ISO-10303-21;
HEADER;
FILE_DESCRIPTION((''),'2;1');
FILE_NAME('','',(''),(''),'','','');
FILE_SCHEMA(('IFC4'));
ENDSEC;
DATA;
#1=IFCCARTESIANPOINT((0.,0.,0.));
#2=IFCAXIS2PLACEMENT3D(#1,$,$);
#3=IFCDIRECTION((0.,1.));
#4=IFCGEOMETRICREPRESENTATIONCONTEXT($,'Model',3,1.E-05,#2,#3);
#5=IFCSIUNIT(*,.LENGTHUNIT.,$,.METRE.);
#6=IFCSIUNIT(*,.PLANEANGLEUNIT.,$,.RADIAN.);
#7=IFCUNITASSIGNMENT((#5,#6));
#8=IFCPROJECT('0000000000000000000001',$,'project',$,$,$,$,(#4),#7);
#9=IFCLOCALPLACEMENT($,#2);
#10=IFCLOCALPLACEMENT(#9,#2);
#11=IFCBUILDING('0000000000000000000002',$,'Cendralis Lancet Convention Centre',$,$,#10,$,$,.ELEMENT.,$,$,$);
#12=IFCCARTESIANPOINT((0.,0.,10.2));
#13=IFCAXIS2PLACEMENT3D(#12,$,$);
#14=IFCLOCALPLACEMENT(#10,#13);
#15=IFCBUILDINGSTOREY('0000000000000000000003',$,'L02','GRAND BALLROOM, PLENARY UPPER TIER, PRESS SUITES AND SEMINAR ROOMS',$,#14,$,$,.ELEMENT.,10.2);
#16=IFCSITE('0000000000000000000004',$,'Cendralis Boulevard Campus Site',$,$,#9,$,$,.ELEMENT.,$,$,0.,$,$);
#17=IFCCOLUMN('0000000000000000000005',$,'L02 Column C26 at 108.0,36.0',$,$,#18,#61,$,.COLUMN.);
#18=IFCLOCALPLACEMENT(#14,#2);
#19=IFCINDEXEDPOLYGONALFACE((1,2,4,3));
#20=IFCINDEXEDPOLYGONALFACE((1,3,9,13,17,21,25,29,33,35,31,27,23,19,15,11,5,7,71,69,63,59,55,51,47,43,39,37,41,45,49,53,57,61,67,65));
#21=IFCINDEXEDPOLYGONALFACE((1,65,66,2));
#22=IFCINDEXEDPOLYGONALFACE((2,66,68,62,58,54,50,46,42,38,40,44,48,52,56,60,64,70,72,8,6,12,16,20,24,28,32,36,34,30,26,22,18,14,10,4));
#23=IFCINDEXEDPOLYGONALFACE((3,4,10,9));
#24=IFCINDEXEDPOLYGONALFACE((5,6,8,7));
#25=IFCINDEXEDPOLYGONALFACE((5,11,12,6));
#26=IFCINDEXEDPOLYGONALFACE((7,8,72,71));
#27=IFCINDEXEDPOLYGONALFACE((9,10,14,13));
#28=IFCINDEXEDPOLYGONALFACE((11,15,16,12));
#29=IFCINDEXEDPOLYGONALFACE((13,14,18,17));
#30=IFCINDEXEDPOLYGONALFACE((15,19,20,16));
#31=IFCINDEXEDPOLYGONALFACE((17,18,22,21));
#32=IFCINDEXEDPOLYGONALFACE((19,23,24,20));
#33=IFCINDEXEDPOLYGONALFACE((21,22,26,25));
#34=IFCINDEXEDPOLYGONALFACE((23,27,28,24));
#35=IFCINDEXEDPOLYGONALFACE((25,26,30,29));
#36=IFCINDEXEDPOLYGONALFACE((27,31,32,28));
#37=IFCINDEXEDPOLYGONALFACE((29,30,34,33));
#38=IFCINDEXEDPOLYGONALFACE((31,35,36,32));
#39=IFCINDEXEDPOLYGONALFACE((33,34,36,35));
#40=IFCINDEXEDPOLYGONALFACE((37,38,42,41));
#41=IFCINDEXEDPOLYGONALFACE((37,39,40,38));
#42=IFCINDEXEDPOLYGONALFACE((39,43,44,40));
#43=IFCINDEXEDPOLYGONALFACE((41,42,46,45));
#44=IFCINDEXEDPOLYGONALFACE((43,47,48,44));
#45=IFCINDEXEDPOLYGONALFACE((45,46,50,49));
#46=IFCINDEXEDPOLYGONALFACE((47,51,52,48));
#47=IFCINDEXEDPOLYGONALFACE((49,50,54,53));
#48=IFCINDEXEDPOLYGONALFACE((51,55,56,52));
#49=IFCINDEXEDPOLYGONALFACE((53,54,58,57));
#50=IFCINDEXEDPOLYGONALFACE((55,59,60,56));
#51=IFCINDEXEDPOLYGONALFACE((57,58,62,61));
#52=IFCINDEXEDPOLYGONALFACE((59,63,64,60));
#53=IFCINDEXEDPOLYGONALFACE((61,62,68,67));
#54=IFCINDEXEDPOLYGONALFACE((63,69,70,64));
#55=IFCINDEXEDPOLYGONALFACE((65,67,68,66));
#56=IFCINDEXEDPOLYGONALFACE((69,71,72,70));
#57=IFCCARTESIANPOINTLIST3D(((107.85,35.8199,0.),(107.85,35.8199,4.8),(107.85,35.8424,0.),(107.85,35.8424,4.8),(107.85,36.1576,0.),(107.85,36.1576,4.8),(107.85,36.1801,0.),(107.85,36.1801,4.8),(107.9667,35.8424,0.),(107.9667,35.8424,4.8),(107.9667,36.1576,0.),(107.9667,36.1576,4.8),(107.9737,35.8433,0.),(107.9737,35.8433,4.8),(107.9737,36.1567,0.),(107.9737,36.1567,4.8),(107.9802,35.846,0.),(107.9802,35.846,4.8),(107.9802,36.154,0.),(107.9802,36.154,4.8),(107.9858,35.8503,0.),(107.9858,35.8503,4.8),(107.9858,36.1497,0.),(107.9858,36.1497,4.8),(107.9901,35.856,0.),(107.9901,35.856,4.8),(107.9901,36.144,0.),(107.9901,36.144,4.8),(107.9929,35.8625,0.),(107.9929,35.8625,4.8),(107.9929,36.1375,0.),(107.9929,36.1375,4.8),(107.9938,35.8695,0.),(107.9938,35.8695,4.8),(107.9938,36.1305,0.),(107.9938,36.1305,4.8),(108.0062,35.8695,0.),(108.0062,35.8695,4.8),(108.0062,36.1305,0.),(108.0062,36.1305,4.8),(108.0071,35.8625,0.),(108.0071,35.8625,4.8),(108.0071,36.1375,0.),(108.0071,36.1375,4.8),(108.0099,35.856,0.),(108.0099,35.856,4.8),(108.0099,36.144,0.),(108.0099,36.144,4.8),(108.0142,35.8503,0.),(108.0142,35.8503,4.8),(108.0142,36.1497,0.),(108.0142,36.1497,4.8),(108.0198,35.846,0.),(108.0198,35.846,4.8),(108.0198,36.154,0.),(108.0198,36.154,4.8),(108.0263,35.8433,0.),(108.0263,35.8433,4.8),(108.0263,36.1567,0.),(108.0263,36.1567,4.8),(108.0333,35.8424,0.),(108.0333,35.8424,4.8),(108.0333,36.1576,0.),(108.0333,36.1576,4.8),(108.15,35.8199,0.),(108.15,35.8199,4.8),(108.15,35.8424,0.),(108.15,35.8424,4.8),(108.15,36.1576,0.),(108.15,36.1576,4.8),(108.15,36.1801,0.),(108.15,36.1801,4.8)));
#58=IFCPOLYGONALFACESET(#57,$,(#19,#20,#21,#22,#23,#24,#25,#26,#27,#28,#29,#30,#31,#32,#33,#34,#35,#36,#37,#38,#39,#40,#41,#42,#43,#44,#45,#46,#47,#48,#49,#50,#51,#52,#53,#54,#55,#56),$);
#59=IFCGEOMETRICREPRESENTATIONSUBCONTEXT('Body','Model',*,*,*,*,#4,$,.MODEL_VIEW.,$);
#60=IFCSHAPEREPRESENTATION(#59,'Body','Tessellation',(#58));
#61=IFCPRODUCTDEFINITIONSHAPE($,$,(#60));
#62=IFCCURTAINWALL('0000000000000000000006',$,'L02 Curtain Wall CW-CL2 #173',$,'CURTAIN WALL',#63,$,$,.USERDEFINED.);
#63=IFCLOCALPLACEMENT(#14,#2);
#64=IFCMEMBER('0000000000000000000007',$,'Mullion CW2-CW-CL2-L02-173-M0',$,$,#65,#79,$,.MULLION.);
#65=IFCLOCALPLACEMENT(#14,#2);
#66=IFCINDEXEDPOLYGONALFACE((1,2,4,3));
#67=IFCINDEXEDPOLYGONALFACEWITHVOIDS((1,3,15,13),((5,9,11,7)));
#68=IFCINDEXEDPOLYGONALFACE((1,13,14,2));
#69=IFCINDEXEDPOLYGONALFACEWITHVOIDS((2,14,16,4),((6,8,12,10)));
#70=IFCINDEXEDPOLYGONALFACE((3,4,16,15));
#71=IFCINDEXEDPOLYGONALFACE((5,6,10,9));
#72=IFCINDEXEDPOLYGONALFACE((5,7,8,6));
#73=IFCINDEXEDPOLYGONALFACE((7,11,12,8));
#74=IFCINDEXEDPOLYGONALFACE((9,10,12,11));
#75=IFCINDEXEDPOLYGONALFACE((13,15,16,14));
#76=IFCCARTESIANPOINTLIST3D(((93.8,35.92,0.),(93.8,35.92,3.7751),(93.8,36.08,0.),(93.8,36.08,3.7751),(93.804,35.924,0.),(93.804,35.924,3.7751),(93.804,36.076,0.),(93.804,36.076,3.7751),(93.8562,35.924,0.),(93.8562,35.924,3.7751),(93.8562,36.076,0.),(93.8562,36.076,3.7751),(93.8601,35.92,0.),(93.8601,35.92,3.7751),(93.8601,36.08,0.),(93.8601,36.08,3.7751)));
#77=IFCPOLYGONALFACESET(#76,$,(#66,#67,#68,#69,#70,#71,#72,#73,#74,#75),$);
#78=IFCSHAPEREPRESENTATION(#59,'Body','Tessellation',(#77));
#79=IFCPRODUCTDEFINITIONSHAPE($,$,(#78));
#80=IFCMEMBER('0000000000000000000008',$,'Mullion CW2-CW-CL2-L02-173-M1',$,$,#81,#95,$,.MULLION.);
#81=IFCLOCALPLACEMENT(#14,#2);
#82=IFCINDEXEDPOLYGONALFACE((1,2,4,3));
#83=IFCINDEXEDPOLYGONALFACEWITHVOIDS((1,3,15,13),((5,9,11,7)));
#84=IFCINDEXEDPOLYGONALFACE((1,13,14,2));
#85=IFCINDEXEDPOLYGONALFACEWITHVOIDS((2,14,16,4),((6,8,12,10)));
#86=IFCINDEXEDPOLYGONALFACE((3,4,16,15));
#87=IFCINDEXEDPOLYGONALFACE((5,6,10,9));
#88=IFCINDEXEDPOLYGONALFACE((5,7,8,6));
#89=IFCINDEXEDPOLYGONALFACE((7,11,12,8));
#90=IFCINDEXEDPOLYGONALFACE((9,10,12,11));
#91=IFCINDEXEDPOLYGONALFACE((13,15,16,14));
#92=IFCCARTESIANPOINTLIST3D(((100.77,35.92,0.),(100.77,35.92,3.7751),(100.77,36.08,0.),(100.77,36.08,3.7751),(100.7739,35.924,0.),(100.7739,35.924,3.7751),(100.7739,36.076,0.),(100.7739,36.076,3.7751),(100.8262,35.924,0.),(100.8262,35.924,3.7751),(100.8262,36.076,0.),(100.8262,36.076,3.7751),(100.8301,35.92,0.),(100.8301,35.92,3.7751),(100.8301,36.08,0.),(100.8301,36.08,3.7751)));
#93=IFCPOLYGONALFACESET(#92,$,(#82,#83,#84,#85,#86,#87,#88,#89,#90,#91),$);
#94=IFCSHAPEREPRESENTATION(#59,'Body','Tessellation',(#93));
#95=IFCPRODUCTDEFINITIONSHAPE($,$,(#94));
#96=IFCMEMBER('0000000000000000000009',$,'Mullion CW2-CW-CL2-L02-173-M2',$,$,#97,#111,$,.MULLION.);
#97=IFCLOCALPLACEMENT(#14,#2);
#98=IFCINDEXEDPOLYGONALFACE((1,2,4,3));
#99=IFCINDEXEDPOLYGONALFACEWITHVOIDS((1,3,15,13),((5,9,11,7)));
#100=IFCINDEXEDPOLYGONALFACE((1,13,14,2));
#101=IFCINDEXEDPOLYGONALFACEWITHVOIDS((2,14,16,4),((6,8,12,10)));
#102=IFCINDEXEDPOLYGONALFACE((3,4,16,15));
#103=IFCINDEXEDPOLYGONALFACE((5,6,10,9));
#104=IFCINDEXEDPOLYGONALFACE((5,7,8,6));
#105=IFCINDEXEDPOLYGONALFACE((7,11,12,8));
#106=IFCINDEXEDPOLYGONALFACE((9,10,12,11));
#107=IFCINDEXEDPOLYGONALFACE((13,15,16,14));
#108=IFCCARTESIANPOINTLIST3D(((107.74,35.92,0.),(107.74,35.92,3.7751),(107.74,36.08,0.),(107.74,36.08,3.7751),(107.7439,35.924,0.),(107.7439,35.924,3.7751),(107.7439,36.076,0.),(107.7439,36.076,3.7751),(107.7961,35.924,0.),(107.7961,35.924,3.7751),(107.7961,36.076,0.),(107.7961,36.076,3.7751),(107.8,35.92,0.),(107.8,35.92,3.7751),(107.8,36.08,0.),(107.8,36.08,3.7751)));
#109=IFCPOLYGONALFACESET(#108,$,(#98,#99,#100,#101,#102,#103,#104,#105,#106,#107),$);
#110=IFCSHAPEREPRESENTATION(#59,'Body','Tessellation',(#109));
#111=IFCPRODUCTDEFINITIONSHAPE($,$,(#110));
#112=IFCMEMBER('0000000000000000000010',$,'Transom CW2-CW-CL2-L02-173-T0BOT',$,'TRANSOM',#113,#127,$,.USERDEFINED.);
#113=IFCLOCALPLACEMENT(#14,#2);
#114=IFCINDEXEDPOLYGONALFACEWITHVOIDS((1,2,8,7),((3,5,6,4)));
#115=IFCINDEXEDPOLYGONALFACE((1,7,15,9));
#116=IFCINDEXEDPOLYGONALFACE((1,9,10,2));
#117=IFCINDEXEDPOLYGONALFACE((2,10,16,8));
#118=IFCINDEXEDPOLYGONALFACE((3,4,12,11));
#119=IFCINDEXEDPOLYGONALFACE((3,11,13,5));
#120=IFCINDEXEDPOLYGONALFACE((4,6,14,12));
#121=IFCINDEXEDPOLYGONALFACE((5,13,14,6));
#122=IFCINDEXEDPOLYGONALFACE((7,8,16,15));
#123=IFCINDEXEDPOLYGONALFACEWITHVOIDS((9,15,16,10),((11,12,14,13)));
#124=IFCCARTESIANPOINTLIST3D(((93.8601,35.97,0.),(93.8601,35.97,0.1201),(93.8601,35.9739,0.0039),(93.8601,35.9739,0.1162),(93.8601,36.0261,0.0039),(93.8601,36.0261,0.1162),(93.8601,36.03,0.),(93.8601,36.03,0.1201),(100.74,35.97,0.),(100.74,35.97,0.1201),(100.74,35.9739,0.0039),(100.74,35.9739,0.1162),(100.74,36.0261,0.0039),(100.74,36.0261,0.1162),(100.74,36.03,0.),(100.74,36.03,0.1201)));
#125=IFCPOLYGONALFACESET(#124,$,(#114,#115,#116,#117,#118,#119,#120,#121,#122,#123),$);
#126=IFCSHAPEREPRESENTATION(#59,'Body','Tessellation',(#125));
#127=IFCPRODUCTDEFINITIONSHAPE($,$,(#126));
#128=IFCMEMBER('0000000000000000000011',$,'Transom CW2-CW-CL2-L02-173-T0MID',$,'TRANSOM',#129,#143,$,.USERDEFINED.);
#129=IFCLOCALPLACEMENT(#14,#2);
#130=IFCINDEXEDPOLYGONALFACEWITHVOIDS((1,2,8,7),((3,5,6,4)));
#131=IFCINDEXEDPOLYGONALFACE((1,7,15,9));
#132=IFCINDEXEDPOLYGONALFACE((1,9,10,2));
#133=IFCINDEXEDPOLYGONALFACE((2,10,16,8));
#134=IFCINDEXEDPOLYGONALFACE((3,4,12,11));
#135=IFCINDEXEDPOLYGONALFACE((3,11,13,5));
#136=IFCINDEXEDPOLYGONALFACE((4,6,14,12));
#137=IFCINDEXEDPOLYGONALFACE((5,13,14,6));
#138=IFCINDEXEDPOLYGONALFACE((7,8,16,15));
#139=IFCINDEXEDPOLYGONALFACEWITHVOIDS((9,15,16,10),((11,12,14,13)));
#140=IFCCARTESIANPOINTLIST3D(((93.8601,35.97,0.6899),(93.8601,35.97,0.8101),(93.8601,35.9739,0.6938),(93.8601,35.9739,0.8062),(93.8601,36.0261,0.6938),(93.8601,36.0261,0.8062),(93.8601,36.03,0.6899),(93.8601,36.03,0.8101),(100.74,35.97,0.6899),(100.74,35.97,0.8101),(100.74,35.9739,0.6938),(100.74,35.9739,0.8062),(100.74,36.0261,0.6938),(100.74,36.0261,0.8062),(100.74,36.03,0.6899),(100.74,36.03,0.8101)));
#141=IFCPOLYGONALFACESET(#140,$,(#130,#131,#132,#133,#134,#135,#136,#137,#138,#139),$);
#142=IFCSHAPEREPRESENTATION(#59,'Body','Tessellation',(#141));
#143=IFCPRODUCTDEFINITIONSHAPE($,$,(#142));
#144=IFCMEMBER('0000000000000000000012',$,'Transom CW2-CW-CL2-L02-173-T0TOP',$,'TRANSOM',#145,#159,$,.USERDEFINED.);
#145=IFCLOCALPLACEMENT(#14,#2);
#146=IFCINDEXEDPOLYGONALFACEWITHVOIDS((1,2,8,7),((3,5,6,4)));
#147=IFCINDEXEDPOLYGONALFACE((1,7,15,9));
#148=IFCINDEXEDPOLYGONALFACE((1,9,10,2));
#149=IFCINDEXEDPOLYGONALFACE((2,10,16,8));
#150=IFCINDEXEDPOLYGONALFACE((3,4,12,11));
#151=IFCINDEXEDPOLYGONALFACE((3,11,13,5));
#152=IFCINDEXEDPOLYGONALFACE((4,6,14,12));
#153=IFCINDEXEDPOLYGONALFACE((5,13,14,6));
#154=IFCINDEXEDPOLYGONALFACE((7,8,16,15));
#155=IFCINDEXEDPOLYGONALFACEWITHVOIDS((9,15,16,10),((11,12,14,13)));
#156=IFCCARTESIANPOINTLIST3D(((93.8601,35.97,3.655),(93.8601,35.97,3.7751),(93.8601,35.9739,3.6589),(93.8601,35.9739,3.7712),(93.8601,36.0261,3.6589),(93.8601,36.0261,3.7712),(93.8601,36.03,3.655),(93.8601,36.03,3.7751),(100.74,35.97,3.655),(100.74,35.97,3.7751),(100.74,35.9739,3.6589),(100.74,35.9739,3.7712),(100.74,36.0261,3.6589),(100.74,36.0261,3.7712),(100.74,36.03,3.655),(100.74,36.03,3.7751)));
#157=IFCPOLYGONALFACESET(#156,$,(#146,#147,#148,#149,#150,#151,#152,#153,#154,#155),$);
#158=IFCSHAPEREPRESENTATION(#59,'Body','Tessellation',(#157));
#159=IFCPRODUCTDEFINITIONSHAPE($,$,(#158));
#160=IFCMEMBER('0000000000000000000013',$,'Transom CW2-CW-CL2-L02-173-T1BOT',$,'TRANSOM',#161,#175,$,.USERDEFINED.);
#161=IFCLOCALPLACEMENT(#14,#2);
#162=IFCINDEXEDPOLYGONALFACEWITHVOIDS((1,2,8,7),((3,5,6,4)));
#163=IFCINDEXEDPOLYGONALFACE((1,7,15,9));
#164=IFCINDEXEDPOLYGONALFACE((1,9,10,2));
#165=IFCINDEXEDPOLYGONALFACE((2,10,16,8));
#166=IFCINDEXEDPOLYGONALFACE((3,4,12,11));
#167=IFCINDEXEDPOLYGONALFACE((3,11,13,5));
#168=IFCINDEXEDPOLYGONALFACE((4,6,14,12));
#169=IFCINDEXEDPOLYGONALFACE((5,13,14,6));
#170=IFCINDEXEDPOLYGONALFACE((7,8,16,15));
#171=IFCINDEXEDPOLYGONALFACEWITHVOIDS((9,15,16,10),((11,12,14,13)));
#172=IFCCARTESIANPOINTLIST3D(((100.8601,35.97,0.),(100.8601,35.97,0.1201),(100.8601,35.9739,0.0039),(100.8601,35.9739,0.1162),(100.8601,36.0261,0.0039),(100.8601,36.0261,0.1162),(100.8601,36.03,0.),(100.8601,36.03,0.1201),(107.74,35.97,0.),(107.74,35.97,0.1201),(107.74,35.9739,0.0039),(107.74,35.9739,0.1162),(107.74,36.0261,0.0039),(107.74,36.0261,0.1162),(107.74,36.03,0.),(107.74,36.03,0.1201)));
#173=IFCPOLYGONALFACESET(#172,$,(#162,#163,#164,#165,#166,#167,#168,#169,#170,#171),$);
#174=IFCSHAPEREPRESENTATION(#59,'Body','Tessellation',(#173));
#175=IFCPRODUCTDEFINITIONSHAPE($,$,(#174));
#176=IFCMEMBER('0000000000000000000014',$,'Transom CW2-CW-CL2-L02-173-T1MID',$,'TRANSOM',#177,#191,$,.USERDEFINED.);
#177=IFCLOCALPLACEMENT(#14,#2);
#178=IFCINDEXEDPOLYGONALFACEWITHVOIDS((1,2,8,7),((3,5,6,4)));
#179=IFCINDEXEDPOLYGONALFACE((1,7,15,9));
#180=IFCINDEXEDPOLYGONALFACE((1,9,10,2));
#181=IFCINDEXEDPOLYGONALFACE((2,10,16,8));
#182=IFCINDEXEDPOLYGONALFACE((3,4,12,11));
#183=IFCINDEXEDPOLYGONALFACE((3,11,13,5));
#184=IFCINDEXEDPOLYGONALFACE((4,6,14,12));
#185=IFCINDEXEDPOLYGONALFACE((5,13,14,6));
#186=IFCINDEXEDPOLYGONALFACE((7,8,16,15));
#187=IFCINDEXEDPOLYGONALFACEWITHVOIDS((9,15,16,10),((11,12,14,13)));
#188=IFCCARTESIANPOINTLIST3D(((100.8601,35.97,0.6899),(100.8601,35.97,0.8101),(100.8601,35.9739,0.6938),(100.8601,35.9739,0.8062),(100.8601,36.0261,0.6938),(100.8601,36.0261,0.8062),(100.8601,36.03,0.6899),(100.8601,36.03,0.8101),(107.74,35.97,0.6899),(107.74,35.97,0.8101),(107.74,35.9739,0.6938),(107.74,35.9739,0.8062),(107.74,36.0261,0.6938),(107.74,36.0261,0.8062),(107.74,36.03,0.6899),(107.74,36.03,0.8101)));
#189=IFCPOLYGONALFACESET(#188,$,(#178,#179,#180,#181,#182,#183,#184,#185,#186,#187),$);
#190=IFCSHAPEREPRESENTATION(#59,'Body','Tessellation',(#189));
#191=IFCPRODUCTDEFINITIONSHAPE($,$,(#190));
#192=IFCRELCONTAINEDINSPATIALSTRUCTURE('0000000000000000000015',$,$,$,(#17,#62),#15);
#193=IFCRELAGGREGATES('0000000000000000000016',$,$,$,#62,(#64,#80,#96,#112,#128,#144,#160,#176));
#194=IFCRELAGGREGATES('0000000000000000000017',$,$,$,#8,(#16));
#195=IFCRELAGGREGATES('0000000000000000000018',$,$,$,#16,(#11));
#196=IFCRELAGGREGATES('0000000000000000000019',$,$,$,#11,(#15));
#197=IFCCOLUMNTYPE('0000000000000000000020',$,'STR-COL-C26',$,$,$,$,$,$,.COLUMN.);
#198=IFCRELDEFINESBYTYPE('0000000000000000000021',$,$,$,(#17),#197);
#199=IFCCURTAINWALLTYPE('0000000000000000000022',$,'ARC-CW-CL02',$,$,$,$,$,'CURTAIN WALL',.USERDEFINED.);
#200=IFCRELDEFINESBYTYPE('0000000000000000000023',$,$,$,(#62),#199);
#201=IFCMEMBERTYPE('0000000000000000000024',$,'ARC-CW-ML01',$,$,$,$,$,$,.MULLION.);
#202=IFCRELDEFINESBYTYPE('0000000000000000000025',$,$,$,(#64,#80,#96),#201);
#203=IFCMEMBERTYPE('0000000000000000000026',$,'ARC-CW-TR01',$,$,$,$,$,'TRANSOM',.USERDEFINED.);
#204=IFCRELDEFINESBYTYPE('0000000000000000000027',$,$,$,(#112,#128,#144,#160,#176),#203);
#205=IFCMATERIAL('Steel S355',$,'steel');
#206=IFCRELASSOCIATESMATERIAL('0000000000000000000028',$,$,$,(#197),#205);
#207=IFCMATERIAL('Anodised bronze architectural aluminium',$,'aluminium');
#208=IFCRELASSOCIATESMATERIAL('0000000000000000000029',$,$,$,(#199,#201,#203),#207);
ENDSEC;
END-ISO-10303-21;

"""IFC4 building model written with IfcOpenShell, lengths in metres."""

from ifc_helpers import new_model, si_unit, direction, frame, origin, origin_2d, place, context, subcontext, project, spatial, hollow_rectangle, i_section, extrude, material, material_profile, profile_set, type_object, element, aggregate, save


model = new_model("IFC4")

# Units and contexts
model_context = context("Model", 3, precision=1e-05, world=origin(), true_north=direction((0.0, 1.0)))
body_context = subcontext(model_context, "Body", "Model", "MODEL_VIEW")
ifc_project = project(units=[si_unit("LENGTHUNIT", "METRE"), si_unit("PLANEANGLEUNIT", "RADIAN")], contexts=[model_context])

# Site, building, storey
site_placement = place(None, origin())
site = spatial("IfcSite", under=ifc_project, at=site_placement, Name="Cendralis Boulevard Campus Site", CompositionType="ELEMENT", RefElevation=0.0)
building_placement = place(site_placement, origin())
building = spatial("IfcBuilding", under=site, at=building_placement, Name="Cendralis Lancet Convention Centre", CompositionType="ELEMENT")
storey_placement = place(building_placement, frame((0.0, 0.0, 10.2)))
storey = spatial("IfcBuildingStorey", under=building, at=storey_placement, Name="L02", Description="GRAND BALLROOM, PLENARY UPPER TIER, PRESS SUITES AND SEMINAR ROOMS", CompositionType="ELEMENT", Elevation=10.2)

# Column
ifc_material_1 = material(Name="Steel S355", Category="steel")
ifc_material_profile_1 = material_profile(ifc_material_1, i_section(OverallWidth=0.3, OverallDepth=0.3601, WebThickness=0.0125, FlangeThickness=0.0225, FilletRadius=0.0271, at=origin_2d()), Name="HEB 360")
ifc_profile_set_1 = profile_set([ifc_material_profile_1], Name="Steel S355")
column_type = type_object("IfcColumnType", Name="STR-COL-C26", PredefinedType="COLUMN", material=ifc_profile_set_1)
column_placement = place(storey_placement, frame((108.0, 36.0, 0.0), z_axis=(0.0, 0.0, 1.0), x_axis=(1.0, 0.0, 0.0)))
element("IfcColumn", 1, at=column_placement, inside=storey, type_object=column_type, Name="L02 Column C26 at 108.0,36.0", PredefinedType="COLUMN", context=body_context, shape_type="SweptSolid", body=[
    extrude(i_section(OverallWidth=0.3, OverallDepth=0.3601, WebThickness=0.0125, FlangeThickness=0.0225, FilletRadius=0.0271, at=origin_2d()), origin(), (0.0, 0.0, 1.0), 4.8),
])

# Curtain wall, members
ifc_material_2 = material(Name="Anodised bronze architectural aluminium", Category="aluminium")
curtain_wall_type = type_object("IfcCurtainWallType", Name="ARC-CW-CL02", ElementType="CURTAIN WALL", PredefinedType="USERDEFINED", material=ifc_material_2)
curtain_wall_placement = place(storey_placement, origin())
curtain_wall = element("IfcCurtainWall", 2, at=curtain_wall_placement, inside=storey, type_object=curtain_wall_type, Name="L02 Curtain Wall CW-CL2 #173", ObjectType="CURTAIN WALL", PredefinedType="USERDEFINED")
ifc_material_profile_2 = material_profile(ifc_material_2, hollow_rectangle(XDim=0.0601, YDim=0.1599, WallThickness=0.0039, at=origin_2d()), Name="AL-MULL 60x160x4.0")
ifc_profile_set_2 = profile_set([ifc_material_profile_2], Name="Anodised bronze architectural aluminium")
member_type_1 = type_object("IfcMemberType", Name="ARC-CW-ML01", PredefinedType="MULLION", material=ifc_profile_set_2)
member_1_placement = place(storey_placement, frame((93.8301, 36.0, 0.0), z_axis=(0.0, 0.0, 1.0), x_axis=(1.0, 0.0, 0.0)))
member_1 = element("IfcMember", 3, at=member_1_placement, type_object=member_type_1, Name="Mullion CW2-CW-CL2-L02-173-M0", PredefinedType="MULLION", context=body_context, shape_type="SweptSolid", body=[
    extrude(hollow_rectangle(XDim=0.0601, YDim=0.1599, WallThickness=0.0039, at=origin_2d()), origin(), (0.0, 0.0, 1.0), 3.7751),
])
member_2_placement = place(storey_placement, frame((100.8, 36.0, 0.0), z_axis=(0.0, 0.0, 1.0), x_axis=(1.0, 0.0, 0.0)))
member_2 = element("IfcMember", 4, at=member_2_placement, type_object=member_type_1, Name="Mullion CW2-CW-CL2-L02-173-M1", PredefinedType="MULLION", context=body_context, shape_type="SweptSolid", body=[
    extrude(hollow_rectangle(XDim=0.0601, YDim=0.1599, WallThickness=0.0039, at=origin_2d()), origin(), (0.0, 0.0, 1.0), 3.7751),
])
member_3_placement = place(storey_placement, frame((107.77, 36.0, 0.0), z_axis=(0.0, 0.0, 1.0), x_axis=(1.0, 0.0, 0.0)))
member_3 = element("IfcMember", 5, at=member_3_placement, type_object=member_type_1, Name="Mullion CW2-CW-CL2-L02-173-M2", PredefinedType="MULLION", context=body_context, shape_type="SweptSolid", body=[
    extrude(hollow_rectangle(XDim=0.0601, YDim=0.1599, WallThickness=0.0039, at=origin_2d()), origin(), (0.0, 0.0, 1.0), 3.7751),
])
ifc_material_profile_3 = material_profile(ifc_material_2, hollow_rectangle(XDim=0.0601, YDim=0.1201, WallThickness=0.0039, at=origin_2d()), Name="AL-TRAN 60x120x4.0")
ifc_profile_set_3 = profile_set([ifc_material_profile_3], Name="Anodised bronze architectural aluminium")
member_type_2 = type_object("IfcMemberType", Name="ARC-CW-TR01", ElementType="TRANSOM", PredefinedType="USERDEFINED", material=ifc_profile_set_3)
member_4_placement = place(storey_placement, frame((93.8601, 36.0, 0.0601), z_axis=(1.0, 0.0, 0.0), x_axis=(0.0, 1.0, 0.0)))
member_4 = element("IfcMember", 6, at=member_4_placement, type_object=member_type_2, Name="Transom CW2-CW-CL2-L02-173-T0BOT", ObjectType="TRANSOM", PredefinedType="USERDEFINED", context=body_context, shape_type="SweptSolid", body=[
    extrude(hollow_rectangle(XDim=0.0601, YDim=0.1201, WallThickness=0.0039, at=origin_2d()), origin(), (0.0, 0.0, 1.0), 6.8799),
])
member_5_placement = place(storey_placement, frame((93.8601, 36.0, 0.75), z_axis=(1.0, 0.0, 0.0), x_axis=(0.0, 1.0, 0.0)))
member_5 = element("IfcMember", 7, at=member_5_placement, type_object=member_type_2, Name="Transom CW2-CW-CL2-L02-173-T0MID", ObjectType="TRANSOM", PredefinedType="USERDEFINED", context=body_context, shape_type="SweptSolid", body=[
    extrude(hollow_rectangle(XDim=0.0601, YDim=0.1201, WallThickness=0.0039, at=origin_2d()), origin(), (0.0, 0.0, 1.0), 6.8799),
])
member_6_placement = place(storey_placement, frame((93.8601, 36.0, 3.7151), z_axis=(1.0, 0.0, 0.0), x_axis=(0.0, 1.0, 0.0)))
member_6 = element("IfcMember", 8, at=member_6_placement, type_object=member_type_2, Name="Transom CW2-CW-CL2-L02-173-T0TOP", ObjectType="TRANSOM", PredefinedType="USERDEFINED", context=body_context, shape_type="SweptSolid", body=[
    extrude(hollow_rectangle(XDim=0.0601, YDim=0.1201, WallThickness=0.0039, at=origin_2d()), origin(), (0.0, 0.0, 1.0), 6.8799),
])
member_7_placement = place(storey_placement, frame((100.8601, 36.0, 0.0601), z_axis=(1.0, 0.0, 0.0), x_axis=(0.0, 1.0, 0.0)))
member_7 = element("IfcMember", 9, at=member_7_placement, type_object=member_type_2, Name="Transom CW2-CW-CL2-L02-173-T1BOT", ObjectType="TRANSOM", PredefinedType="USERDEFINED", context=body_context, shape_type="SweptSolid", body=[
    extrude(hollow_rectangle(XDim=0.0601, YDim=0.1201, WallThickness=0.0039, at=origin_2d()), origin(), (0.0, 0.0, 1.0), 6.8799),
])
member_8_placement = place(storey_placement, frame((100.8601, 36.0, 0.75), z_axis=(1.0, 0.0, 0.0), x_axis=(0.0, 1.0, 0.0)))
member_8 = element("IfcMember", 10, at=member_8_placement, type_object=member_type_2, Name="Transom CW2-CW-CL2-L02-173-T1MID", ObjectType="TRANSOM", PredefinedType="USERDEFINED", context=body_context, shape_type="SweptSolid", body=[
    extrude(hollow_rectangle(XDim=0.0601, YDim=0.1201, WallThickness=0.0039, at=origin_2d()), origin(), (0.0, 0.0, 1.0), 6.8799),
])

aggregate(curtain_wall, [member_1, member_2, member_3, member_4, member_5, member_6, member_7, member_8])

save(model, "model.ifc")
